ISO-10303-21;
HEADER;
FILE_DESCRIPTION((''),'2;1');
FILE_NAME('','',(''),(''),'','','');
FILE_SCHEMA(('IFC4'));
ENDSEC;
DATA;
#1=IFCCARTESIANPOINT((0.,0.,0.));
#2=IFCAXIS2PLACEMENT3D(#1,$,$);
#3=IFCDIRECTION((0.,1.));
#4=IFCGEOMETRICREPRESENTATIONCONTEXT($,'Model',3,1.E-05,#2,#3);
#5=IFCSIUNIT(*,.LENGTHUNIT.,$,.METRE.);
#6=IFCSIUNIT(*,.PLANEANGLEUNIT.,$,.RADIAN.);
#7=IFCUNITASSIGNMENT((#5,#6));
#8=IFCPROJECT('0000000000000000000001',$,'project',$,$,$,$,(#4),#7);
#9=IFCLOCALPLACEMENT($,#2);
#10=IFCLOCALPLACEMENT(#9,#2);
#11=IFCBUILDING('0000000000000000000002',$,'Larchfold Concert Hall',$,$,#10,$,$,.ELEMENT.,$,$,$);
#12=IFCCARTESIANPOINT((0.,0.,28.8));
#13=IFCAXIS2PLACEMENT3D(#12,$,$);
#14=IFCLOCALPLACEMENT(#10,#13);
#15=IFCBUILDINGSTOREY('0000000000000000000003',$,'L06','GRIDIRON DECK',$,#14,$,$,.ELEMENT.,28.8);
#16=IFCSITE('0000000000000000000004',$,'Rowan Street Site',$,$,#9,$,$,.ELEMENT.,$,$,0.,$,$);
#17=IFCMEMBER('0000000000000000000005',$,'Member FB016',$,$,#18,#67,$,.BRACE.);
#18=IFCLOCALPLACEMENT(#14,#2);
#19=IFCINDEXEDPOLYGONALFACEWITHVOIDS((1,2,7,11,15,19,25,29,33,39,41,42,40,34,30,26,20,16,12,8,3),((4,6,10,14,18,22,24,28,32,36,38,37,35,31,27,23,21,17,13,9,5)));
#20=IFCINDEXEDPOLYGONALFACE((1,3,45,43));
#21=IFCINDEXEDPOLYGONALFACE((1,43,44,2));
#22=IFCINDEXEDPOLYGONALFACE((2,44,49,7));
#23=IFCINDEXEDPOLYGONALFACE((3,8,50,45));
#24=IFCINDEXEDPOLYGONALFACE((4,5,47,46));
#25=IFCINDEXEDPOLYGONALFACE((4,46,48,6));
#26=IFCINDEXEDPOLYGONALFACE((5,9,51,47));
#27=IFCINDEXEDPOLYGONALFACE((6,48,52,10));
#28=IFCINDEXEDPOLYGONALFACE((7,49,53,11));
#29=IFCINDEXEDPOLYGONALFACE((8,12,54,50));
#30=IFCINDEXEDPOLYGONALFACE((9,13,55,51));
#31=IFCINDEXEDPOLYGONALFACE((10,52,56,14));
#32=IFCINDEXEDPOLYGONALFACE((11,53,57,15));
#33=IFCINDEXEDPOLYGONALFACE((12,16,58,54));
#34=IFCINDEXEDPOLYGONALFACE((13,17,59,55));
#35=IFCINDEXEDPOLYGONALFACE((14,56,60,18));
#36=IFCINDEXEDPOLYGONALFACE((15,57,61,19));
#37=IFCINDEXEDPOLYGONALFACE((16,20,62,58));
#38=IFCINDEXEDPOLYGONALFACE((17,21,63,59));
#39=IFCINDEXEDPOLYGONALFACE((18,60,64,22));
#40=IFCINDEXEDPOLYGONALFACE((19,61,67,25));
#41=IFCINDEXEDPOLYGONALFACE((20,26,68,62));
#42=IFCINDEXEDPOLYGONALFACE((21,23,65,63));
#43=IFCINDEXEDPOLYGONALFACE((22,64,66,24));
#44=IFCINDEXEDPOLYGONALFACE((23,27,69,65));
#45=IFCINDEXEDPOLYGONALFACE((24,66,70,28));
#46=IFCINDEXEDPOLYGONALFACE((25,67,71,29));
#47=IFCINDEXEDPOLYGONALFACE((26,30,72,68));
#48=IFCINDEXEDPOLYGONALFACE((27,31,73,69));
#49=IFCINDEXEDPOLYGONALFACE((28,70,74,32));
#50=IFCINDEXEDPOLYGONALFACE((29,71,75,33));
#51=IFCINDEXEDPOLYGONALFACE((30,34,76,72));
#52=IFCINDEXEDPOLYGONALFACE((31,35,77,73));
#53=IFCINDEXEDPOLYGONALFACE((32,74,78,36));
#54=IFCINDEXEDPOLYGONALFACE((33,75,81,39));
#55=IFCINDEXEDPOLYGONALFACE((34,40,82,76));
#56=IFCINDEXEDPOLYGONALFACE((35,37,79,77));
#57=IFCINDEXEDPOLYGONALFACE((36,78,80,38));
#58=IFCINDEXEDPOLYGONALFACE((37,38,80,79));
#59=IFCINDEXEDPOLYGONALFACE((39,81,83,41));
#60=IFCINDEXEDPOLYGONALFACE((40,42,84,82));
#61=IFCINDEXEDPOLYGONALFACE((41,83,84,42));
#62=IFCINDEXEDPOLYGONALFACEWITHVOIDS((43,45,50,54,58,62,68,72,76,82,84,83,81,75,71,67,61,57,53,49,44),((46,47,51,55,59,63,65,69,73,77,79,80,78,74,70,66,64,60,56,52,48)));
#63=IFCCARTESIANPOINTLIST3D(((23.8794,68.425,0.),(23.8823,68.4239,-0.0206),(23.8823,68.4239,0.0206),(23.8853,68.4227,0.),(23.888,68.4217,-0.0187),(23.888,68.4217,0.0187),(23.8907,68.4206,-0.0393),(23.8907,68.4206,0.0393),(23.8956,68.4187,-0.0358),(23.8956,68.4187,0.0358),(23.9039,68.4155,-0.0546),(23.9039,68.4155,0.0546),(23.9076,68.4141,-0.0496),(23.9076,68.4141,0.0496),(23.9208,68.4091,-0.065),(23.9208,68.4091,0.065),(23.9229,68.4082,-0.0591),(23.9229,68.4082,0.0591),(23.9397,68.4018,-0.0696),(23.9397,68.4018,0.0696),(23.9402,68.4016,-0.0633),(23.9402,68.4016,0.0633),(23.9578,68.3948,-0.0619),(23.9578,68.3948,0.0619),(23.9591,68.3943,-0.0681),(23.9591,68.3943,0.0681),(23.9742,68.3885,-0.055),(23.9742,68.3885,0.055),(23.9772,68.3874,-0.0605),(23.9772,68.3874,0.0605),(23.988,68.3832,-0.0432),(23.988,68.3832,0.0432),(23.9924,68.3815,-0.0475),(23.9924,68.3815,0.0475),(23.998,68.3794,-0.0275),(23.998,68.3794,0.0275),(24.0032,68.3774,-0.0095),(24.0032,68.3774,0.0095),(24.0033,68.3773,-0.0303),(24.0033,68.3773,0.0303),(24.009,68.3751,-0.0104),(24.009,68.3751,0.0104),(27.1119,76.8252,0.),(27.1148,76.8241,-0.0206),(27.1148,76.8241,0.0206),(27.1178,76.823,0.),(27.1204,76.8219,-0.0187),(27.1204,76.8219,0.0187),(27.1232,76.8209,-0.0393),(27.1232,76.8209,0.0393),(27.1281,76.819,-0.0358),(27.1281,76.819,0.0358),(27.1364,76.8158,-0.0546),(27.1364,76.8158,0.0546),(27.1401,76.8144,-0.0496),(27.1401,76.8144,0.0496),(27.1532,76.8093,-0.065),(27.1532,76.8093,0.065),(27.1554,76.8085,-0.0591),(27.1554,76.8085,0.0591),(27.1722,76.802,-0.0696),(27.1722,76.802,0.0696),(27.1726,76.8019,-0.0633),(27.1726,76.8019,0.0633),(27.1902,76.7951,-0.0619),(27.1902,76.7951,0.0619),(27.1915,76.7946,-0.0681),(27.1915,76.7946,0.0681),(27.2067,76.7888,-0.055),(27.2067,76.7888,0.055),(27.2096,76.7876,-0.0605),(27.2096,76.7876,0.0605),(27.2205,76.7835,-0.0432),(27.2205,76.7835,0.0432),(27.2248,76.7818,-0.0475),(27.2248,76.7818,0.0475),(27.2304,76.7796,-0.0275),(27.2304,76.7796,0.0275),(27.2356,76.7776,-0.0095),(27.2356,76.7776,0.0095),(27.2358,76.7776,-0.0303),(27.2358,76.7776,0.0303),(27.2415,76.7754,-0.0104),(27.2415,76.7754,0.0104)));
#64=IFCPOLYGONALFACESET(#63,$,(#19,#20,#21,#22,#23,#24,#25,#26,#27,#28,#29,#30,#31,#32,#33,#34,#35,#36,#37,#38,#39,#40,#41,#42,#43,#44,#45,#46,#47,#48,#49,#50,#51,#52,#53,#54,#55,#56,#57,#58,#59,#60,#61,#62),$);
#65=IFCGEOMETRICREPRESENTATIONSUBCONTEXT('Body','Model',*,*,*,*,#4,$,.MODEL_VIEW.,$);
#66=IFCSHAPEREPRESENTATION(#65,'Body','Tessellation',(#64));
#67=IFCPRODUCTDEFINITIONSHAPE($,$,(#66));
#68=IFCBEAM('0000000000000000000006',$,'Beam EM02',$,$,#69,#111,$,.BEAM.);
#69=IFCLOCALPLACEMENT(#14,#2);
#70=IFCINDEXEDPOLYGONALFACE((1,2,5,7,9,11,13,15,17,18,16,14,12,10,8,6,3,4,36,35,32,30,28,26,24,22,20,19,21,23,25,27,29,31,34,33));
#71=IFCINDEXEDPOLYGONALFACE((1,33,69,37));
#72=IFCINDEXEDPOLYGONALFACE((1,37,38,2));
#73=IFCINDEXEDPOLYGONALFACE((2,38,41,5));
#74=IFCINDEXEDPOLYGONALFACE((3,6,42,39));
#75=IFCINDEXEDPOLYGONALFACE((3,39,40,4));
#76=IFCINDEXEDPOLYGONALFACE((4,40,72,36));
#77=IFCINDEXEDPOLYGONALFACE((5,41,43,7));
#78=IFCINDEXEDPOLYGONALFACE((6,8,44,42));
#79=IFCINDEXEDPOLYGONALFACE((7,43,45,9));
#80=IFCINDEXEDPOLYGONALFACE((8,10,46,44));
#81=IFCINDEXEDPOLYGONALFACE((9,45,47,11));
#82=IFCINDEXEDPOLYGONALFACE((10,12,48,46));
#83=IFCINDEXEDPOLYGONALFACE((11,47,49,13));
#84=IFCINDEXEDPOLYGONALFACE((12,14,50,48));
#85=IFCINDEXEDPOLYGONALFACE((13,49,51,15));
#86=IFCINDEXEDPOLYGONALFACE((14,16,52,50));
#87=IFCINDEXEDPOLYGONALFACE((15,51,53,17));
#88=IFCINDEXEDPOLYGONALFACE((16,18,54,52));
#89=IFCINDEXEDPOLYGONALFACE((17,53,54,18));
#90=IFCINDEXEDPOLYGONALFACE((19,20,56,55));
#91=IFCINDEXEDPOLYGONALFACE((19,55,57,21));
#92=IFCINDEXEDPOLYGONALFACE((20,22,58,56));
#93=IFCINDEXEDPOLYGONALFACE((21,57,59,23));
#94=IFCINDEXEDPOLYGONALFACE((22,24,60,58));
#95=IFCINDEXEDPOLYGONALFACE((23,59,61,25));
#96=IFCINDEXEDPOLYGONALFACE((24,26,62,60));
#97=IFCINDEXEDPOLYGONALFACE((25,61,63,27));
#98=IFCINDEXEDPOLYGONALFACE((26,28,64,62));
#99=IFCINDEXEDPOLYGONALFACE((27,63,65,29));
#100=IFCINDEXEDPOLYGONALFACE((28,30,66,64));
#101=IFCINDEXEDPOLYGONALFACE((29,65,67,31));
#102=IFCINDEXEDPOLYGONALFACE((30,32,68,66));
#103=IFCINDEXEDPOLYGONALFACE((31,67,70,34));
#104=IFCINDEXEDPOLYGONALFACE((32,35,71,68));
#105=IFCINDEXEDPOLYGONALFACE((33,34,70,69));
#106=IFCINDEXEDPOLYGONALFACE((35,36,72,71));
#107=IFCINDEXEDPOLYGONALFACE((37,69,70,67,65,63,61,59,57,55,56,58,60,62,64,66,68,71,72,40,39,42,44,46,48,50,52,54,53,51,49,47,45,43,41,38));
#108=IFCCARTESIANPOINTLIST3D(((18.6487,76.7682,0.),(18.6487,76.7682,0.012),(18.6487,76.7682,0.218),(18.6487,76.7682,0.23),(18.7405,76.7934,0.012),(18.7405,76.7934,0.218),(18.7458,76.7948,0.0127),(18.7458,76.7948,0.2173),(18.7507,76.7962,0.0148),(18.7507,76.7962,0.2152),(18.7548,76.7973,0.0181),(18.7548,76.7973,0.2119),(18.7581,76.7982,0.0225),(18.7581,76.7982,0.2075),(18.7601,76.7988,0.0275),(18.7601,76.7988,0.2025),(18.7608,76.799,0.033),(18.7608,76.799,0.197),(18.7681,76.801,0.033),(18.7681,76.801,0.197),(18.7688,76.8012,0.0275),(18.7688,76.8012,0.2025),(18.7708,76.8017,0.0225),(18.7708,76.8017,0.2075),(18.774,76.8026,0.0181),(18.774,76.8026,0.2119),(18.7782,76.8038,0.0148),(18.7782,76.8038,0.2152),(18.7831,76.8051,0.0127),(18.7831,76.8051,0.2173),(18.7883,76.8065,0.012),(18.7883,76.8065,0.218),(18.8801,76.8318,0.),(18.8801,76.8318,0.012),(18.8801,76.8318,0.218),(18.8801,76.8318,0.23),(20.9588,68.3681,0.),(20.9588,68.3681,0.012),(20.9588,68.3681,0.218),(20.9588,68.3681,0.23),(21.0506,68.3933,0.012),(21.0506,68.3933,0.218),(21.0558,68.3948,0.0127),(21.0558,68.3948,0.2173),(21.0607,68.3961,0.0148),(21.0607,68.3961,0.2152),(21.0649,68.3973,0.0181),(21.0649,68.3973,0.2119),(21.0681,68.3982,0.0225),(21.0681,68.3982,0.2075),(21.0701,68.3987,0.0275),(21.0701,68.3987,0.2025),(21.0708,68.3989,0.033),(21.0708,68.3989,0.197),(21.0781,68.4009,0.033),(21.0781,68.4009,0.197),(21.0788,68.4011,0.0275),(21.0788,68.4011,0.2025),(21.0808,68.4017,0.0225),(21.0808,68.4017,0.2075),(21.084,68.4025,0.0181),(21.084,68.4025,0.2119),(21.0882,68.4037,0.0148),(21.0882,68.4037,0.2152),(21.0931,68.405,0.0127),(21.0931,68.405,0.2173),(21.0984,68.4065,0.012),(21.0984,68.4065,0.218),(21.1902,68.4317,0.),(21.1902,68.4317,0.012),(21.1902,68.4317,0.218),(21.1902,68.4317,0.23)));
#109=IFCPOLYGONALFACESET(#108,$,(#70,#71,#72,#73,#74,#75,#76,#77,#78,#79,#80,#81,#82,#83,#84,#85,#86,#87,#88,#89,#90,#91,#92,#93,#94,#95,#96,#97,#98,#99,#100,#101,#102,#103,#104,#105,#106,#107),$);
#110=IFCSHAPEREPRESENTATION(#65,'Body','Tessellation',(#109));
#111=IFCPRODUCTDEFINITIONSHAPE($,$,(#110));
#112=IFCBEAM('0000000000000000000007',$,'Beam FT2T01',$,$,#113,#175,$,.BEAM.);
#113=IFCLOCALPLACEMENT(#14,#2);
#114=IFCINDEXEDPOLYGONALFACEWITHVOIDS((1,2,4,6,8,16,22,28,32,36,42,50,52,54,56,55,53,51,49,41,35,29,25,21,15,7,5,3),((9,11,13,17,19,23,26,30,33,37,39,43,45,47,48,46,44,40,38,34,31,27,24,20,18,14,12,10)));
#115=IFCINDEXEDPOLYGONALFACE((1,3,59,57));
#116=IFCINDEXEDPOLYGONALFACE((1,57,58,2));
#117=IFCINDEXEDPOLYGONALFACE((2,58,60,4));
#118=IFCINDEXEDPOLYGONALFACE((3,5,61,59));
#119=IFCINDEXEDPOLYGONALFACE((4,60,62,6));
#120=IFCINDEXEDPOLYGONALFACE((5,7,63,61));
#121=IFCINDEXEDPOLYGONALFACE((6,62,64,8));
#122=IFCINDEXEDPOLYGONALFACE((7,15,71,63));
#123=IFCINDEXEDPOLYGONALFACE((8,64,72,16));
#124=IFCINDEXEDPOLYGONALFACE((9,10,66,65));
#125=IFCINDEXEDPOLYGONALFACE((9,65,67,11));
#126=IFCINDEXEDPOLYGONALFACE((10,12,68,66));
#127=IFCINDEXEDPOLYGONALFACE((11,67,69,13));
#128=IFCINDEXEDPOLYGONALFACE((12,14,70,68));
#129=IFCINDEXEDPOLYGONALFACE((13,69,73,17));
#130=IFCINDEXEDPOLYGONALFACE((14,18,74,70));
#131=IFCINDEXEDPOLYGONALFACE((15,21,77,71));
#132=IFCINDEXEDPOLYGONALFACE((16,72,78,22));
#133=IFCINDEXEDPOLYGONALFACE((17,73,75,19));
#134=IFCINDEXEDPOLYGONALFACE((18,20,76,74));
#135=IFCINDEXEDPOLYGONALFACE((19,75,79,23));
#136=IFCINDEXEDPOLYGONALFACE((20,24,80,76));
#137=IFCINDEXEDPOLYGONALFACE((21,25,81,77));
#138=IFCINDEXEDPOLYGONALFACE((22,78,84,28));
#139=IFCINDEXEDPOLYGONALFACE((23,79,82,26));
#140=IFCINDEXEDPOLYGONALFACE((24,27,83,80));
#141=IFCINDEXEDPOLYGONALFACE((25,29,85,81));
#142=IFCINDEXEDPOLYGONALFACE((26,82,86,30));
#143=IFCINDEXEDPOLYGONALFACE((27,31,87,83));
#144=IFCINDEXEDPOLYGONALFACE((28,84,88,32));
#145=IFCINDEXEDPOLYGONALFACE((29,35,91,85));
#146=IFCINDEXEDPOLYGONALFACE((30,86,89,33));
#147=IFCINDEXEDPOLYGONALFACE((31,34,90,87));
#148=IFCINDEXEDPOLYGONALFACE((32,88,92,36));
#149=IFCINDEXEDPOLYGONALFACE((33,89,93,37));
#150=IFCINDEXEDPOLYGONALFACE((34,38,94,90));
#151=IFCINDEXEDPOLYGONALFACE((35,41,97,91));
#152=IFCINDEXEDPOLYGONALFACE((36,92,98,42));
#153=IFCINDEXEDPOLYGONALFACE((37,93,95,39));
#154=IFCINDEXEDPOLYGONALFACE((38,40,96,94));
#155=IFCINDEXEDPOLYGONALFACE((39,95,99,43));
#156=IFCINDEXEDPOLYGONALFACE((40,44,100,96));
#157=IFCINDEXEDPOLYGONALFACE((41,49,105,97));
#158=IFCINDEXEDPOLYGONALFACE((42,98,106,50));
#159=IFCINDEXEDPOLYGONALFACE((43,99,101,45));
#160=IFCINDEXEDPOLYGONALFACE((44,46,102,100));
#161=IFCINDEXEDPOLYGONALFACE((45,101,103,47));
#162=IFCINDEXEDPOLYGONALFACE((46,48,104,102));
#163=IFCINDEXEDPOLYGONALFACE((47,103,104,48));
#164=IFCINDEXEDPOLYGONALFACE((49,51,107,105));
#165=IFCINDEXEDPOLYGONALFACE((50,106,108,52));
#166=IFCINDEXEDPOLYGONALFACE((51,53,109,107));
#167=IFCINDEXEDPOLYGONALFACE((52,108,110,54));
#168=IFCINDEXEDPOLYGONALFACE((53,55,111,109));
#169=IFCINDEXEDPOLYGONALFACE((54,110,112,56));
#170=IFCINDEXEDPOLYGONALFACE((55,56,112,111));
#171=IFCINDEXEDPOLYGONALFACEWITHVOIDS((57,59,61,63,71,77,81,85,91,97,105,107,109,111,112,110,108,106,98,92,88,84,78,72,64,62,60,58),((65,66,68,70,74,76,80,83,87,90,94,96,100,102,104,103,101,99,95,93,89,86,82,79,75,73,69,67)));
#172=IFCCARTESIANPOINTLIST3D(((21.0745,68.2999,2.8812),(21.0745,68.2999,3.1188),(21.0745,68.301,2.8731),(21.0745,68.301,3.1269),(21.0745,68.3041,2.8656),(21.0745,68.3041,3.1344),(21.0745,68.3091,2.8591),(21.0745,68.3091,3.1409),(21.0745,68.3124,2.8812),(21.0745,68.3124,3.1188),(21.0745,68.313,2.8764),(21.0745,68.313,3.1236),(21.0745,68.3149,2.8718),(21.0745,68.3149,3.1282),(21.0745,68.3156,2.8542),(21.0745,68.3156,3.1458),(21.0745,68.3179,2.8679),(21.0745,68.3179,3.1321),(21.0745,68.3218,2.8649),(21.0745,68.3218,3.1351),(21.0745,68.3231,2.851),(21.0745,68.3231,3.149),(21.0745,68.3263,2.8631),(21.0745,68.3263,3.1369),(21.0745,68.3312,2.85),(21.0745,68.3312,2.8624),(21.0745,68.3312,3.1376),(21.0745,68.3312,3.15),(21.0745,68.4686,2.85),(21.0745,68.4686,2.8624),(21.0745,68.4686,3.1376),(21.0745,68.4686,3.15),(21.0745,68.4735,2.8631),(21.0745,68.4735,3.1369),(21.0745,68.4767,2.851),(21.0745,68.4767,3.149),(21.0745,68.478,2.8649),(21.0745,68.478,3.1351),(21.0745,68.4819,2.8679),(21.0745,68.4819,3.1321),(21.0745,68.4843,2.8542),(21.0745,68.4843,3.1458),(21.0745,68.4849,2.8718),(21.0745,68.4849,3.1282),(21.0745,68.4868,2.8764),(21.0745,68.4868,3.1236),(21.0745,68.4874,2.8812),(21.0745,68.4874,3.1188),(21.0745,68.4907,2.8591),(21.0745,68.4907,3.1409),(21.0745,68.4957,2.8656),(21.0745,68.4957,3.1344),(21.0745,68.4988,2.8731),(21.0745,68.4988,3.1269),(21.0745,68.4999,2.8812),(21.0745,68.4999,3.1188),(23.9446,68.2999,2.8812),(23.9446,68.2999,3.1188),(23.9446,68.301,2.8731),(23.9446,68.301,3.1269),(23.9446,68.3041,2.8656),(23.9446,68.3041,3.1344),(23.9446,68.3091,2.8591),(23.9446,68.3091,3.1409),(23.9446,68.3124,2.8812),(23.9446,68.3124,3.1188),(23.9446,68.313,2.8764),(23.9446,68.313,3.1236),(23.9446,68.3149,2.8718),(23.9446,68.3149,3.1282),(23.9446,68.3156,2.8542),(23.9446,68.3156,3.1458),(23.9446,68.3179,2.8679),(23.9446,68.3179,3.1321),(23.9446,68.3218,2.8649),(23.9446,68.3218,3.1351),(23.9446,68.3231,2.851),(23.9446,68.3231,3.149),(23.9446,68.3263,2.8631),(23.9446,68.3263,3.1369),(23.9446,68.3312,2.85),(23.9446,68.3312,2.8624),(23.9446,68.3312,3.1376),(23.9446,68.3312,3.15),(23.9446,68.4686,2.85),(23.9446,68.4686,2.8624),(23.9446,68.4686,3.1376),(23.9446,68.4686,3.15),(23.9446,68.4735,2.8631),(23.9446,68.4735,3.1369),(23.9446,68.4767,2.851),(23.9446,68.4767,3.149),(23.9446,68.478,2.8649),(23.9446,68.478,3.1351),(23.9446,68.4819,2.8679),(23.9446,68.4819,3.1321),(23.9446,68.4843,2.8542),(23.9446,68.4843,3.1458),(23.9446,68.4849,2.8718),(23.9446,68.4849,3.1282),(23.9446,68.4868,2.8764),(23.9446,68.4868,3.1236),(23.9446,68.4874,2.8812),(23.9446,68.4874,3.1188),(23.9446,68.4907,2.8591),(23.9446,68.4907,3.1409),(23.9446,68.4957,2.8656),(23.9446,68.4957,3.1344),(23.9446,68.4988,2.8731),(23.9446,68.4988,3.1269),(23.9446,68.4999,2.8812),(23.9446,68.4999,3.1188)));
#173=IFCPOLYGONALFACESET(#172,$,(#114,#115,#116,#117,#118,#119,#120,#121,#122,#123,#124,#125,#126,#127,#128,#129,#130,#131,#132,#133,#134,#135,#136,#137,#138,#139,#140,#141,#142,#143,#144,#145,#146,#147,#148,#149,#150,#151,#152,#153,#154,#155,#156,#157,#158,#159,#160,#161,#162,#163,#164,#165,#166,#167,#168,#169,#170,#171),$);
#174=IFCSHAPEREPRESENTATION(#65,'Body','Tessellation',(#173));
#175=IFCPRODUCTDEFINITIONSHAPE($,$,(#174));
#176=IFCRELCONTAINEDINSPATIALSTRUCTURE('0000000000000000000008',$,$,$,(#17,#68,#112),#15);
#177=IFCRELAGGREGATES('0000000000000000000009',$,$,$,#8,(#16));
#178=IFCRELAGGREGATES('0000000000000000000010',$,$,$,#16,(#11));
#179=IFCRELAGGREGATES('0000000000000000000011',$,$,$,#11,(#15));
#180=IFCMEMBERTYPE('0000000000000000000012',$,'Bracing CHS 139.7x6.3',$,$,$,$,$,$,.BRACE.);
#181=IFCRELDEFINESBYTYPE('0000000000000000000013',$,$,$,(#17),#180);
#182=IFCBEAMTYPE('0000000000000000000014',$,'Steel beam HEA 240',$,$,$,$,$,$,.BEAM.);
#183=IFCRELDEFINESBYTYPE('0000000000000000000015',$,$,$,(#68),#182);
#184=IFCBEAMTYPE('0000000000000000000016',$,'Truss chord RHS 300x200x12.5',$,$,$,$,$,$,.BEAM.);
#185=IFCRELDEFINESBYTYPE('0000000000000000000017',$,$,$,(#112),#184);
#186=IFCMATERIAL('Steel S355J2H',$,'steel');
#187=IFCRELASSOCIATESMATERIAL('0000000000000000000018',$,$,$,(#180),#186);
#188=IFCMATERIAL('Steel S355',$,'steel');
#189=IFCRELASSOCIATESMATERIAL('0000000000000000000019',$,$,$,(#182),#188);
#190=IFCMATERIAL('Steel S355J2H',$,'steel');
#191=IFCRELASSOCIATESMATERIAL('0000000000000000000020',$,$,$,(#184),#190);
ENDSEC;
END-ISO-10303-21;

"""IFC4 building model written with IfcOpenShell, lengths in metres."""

from ifc_helpers import new_model, si_unit, direction, frame, origin, origin_2d, place, context, subcontext, project, spatial, hollow_rectangle, hollow_circle, i_section, extrude, material, material_profile, profile_set, type_object, element, save


model = new_model("IFC4")

# Units and contexts
model_context = context("Model", 3, precision=1e-05, world=origin(), true_north=direction((0.0, 1.0)))
body_context = subcontext(model_context, "Body", "Model", "MODEL_VIEW")
ifc_project = project(units=[si_unit("LENGTHUNIT", "METRE"), si_unit("PLANEANGLEUNIT", "RADIAN")], contexts=[model_context])

# Site, building, storey
site_placement = place(None, origin())
site = spatial("IfcSite", under=ifc_project, at=site_placement, Name="Rowan Street Site", CompositionType="ELEMENT", RefElevation=0.0)
building_placement = place(site_placement, origin())
building = spatial("IfcBuilding", under=site, at=building_placement, Name="Larchfold Concert Hall", CompositionType="ELEMENT")
storey_placement = place(building_placement, frame((0.0, 0.0, 28.8)))
storey = spatial("IfcBuildingStorey", under=building, at=storey_placement, Name="L06", Description="GRIDIRON DECK", CompositionType="ELEMENT", Elevation=28.8)

# Member
ifc_material_1 = material(Name="Steel S355J2H", Category="steel")
ifc_material_profile_1 = material_profile(ifc_material_1, hollow_circle(Radius=0.0698, WallThickness=0.0063, at=origin_2d()))
ifc_profile_set_1 = profile_set([ifc_material_profile_1], Name="Steel S355J2H")
member_type_1 = type_object("IfcMemberType", Name="Bracing CHS 139.7x6.3", PredefinedType="BRACE", material=ifc_profile_set_1)
member_1_placement = place(storey_placement, frame((23.9446, 68.3999, 0.0), z_axis=(0.359134, 0.933286, 0.0), x_axis=(-0.933286, 0.359134, 0.0)))
element("IfcMember", 1, at=member_1_placement, inside=storey, type_object=member_type_1, Name="Member FB016", PredefinedType="BRACE", context=body_context, shape_type="SweptSolid", body=[
    extrude(hollow_circle(Radius=0.0698, WallThickness=0.0063, at=origin_2d()), origin(), (0.0, 0.0, 1.0), 9.0007),
])

# Beams
ifc_material_2 = material(Name="Steel S355", Category="steel")
ifc_material_profile_2 = material_profile(ifc_material_2, i_section(OverallWidth=0.24, OverallDepth=0.23, WebThickness=0.0076, FlangeThickness=0.012, FilletRadius=0.021, at=origin_2d()))
ifc_profile_set_2 = profile_set([ifc_material_profile_2], Name="Steel S355")
beam_type_1 = type_object("IfcBeamType", Name="Steel beam HEA 240", PredefinedType="BEAM", material=ifc_profile_set_2)
beam_1_placement = place(storey_placement, frame((21.0745, 68.3999, 0.115), z_axis=(-0.265158, 0.964205, 0.0), x_axis=(-0.964205, -0.265158, 0.0)))
element("IfcBeam", 2, at=beam_1_placement, inside=storey, type_object=beam_type_1, Name="Beam EM02", PredefinedType="BEAM", context=body_context, shape_type="SweptSolid", body=[
    extrude(i_section(OverallWidth=0.24, OverallDepth=0.23, WebThickness=0.0076, FlangeThickness=0.012, FilletRadius=0.021, at=origin_2d()), origin(), (0.0, 0.0, 1.0), 8.7119),
])
ifc_material_3 = material(Name="Steel S355J2H", Category="steel")
ifc_material_profile_3 = material_profile(ifc_material_3, hollow_rectangle(XDim=0.2, YDim=0.3, WallThickness=0.0125, InnerFilletRadius=0.0188, OuterFilletRadius=0.0312, at=origin_2d()))
ifc_profile_set_3 = profile_set([ifc_material_profile_3], Name="Steel S355J2H")
beam_type_2 = type_object("IfcBeamType", Name="Truss chord RHS 300x200x12.5", PredefinedType="BEAM", material=ifc_profile_set_3)
for number, where, z_axis, x_axis, name in (
    (3, (21.0745, 68.3999, 3.0), (1.0, 0.0, 0.0), (0.0, 1.0, 0.0), "Beam FT2T01"),
):
    element("IfcBeam", number, at=place(storey_placement, frame(where, z_axis=z_axis, x_axis=x_axis)), inside=storey, type_object=beam_type_2, Name=name, PredefinedType="BEAM", context=body_context, shape_type="SweptSolid", body=[
        extrude(hollow_rectangle(XDim=0.2, YDim=0.3, WallThickness=0.0125, InnerFilletRadius=0.0188, OuterFilletRadius=0.0312, at=origin_2d()), origin(), (0.0, 0.0, 1.0), 2.8701),
    ])

save(model, "model.ifc")
